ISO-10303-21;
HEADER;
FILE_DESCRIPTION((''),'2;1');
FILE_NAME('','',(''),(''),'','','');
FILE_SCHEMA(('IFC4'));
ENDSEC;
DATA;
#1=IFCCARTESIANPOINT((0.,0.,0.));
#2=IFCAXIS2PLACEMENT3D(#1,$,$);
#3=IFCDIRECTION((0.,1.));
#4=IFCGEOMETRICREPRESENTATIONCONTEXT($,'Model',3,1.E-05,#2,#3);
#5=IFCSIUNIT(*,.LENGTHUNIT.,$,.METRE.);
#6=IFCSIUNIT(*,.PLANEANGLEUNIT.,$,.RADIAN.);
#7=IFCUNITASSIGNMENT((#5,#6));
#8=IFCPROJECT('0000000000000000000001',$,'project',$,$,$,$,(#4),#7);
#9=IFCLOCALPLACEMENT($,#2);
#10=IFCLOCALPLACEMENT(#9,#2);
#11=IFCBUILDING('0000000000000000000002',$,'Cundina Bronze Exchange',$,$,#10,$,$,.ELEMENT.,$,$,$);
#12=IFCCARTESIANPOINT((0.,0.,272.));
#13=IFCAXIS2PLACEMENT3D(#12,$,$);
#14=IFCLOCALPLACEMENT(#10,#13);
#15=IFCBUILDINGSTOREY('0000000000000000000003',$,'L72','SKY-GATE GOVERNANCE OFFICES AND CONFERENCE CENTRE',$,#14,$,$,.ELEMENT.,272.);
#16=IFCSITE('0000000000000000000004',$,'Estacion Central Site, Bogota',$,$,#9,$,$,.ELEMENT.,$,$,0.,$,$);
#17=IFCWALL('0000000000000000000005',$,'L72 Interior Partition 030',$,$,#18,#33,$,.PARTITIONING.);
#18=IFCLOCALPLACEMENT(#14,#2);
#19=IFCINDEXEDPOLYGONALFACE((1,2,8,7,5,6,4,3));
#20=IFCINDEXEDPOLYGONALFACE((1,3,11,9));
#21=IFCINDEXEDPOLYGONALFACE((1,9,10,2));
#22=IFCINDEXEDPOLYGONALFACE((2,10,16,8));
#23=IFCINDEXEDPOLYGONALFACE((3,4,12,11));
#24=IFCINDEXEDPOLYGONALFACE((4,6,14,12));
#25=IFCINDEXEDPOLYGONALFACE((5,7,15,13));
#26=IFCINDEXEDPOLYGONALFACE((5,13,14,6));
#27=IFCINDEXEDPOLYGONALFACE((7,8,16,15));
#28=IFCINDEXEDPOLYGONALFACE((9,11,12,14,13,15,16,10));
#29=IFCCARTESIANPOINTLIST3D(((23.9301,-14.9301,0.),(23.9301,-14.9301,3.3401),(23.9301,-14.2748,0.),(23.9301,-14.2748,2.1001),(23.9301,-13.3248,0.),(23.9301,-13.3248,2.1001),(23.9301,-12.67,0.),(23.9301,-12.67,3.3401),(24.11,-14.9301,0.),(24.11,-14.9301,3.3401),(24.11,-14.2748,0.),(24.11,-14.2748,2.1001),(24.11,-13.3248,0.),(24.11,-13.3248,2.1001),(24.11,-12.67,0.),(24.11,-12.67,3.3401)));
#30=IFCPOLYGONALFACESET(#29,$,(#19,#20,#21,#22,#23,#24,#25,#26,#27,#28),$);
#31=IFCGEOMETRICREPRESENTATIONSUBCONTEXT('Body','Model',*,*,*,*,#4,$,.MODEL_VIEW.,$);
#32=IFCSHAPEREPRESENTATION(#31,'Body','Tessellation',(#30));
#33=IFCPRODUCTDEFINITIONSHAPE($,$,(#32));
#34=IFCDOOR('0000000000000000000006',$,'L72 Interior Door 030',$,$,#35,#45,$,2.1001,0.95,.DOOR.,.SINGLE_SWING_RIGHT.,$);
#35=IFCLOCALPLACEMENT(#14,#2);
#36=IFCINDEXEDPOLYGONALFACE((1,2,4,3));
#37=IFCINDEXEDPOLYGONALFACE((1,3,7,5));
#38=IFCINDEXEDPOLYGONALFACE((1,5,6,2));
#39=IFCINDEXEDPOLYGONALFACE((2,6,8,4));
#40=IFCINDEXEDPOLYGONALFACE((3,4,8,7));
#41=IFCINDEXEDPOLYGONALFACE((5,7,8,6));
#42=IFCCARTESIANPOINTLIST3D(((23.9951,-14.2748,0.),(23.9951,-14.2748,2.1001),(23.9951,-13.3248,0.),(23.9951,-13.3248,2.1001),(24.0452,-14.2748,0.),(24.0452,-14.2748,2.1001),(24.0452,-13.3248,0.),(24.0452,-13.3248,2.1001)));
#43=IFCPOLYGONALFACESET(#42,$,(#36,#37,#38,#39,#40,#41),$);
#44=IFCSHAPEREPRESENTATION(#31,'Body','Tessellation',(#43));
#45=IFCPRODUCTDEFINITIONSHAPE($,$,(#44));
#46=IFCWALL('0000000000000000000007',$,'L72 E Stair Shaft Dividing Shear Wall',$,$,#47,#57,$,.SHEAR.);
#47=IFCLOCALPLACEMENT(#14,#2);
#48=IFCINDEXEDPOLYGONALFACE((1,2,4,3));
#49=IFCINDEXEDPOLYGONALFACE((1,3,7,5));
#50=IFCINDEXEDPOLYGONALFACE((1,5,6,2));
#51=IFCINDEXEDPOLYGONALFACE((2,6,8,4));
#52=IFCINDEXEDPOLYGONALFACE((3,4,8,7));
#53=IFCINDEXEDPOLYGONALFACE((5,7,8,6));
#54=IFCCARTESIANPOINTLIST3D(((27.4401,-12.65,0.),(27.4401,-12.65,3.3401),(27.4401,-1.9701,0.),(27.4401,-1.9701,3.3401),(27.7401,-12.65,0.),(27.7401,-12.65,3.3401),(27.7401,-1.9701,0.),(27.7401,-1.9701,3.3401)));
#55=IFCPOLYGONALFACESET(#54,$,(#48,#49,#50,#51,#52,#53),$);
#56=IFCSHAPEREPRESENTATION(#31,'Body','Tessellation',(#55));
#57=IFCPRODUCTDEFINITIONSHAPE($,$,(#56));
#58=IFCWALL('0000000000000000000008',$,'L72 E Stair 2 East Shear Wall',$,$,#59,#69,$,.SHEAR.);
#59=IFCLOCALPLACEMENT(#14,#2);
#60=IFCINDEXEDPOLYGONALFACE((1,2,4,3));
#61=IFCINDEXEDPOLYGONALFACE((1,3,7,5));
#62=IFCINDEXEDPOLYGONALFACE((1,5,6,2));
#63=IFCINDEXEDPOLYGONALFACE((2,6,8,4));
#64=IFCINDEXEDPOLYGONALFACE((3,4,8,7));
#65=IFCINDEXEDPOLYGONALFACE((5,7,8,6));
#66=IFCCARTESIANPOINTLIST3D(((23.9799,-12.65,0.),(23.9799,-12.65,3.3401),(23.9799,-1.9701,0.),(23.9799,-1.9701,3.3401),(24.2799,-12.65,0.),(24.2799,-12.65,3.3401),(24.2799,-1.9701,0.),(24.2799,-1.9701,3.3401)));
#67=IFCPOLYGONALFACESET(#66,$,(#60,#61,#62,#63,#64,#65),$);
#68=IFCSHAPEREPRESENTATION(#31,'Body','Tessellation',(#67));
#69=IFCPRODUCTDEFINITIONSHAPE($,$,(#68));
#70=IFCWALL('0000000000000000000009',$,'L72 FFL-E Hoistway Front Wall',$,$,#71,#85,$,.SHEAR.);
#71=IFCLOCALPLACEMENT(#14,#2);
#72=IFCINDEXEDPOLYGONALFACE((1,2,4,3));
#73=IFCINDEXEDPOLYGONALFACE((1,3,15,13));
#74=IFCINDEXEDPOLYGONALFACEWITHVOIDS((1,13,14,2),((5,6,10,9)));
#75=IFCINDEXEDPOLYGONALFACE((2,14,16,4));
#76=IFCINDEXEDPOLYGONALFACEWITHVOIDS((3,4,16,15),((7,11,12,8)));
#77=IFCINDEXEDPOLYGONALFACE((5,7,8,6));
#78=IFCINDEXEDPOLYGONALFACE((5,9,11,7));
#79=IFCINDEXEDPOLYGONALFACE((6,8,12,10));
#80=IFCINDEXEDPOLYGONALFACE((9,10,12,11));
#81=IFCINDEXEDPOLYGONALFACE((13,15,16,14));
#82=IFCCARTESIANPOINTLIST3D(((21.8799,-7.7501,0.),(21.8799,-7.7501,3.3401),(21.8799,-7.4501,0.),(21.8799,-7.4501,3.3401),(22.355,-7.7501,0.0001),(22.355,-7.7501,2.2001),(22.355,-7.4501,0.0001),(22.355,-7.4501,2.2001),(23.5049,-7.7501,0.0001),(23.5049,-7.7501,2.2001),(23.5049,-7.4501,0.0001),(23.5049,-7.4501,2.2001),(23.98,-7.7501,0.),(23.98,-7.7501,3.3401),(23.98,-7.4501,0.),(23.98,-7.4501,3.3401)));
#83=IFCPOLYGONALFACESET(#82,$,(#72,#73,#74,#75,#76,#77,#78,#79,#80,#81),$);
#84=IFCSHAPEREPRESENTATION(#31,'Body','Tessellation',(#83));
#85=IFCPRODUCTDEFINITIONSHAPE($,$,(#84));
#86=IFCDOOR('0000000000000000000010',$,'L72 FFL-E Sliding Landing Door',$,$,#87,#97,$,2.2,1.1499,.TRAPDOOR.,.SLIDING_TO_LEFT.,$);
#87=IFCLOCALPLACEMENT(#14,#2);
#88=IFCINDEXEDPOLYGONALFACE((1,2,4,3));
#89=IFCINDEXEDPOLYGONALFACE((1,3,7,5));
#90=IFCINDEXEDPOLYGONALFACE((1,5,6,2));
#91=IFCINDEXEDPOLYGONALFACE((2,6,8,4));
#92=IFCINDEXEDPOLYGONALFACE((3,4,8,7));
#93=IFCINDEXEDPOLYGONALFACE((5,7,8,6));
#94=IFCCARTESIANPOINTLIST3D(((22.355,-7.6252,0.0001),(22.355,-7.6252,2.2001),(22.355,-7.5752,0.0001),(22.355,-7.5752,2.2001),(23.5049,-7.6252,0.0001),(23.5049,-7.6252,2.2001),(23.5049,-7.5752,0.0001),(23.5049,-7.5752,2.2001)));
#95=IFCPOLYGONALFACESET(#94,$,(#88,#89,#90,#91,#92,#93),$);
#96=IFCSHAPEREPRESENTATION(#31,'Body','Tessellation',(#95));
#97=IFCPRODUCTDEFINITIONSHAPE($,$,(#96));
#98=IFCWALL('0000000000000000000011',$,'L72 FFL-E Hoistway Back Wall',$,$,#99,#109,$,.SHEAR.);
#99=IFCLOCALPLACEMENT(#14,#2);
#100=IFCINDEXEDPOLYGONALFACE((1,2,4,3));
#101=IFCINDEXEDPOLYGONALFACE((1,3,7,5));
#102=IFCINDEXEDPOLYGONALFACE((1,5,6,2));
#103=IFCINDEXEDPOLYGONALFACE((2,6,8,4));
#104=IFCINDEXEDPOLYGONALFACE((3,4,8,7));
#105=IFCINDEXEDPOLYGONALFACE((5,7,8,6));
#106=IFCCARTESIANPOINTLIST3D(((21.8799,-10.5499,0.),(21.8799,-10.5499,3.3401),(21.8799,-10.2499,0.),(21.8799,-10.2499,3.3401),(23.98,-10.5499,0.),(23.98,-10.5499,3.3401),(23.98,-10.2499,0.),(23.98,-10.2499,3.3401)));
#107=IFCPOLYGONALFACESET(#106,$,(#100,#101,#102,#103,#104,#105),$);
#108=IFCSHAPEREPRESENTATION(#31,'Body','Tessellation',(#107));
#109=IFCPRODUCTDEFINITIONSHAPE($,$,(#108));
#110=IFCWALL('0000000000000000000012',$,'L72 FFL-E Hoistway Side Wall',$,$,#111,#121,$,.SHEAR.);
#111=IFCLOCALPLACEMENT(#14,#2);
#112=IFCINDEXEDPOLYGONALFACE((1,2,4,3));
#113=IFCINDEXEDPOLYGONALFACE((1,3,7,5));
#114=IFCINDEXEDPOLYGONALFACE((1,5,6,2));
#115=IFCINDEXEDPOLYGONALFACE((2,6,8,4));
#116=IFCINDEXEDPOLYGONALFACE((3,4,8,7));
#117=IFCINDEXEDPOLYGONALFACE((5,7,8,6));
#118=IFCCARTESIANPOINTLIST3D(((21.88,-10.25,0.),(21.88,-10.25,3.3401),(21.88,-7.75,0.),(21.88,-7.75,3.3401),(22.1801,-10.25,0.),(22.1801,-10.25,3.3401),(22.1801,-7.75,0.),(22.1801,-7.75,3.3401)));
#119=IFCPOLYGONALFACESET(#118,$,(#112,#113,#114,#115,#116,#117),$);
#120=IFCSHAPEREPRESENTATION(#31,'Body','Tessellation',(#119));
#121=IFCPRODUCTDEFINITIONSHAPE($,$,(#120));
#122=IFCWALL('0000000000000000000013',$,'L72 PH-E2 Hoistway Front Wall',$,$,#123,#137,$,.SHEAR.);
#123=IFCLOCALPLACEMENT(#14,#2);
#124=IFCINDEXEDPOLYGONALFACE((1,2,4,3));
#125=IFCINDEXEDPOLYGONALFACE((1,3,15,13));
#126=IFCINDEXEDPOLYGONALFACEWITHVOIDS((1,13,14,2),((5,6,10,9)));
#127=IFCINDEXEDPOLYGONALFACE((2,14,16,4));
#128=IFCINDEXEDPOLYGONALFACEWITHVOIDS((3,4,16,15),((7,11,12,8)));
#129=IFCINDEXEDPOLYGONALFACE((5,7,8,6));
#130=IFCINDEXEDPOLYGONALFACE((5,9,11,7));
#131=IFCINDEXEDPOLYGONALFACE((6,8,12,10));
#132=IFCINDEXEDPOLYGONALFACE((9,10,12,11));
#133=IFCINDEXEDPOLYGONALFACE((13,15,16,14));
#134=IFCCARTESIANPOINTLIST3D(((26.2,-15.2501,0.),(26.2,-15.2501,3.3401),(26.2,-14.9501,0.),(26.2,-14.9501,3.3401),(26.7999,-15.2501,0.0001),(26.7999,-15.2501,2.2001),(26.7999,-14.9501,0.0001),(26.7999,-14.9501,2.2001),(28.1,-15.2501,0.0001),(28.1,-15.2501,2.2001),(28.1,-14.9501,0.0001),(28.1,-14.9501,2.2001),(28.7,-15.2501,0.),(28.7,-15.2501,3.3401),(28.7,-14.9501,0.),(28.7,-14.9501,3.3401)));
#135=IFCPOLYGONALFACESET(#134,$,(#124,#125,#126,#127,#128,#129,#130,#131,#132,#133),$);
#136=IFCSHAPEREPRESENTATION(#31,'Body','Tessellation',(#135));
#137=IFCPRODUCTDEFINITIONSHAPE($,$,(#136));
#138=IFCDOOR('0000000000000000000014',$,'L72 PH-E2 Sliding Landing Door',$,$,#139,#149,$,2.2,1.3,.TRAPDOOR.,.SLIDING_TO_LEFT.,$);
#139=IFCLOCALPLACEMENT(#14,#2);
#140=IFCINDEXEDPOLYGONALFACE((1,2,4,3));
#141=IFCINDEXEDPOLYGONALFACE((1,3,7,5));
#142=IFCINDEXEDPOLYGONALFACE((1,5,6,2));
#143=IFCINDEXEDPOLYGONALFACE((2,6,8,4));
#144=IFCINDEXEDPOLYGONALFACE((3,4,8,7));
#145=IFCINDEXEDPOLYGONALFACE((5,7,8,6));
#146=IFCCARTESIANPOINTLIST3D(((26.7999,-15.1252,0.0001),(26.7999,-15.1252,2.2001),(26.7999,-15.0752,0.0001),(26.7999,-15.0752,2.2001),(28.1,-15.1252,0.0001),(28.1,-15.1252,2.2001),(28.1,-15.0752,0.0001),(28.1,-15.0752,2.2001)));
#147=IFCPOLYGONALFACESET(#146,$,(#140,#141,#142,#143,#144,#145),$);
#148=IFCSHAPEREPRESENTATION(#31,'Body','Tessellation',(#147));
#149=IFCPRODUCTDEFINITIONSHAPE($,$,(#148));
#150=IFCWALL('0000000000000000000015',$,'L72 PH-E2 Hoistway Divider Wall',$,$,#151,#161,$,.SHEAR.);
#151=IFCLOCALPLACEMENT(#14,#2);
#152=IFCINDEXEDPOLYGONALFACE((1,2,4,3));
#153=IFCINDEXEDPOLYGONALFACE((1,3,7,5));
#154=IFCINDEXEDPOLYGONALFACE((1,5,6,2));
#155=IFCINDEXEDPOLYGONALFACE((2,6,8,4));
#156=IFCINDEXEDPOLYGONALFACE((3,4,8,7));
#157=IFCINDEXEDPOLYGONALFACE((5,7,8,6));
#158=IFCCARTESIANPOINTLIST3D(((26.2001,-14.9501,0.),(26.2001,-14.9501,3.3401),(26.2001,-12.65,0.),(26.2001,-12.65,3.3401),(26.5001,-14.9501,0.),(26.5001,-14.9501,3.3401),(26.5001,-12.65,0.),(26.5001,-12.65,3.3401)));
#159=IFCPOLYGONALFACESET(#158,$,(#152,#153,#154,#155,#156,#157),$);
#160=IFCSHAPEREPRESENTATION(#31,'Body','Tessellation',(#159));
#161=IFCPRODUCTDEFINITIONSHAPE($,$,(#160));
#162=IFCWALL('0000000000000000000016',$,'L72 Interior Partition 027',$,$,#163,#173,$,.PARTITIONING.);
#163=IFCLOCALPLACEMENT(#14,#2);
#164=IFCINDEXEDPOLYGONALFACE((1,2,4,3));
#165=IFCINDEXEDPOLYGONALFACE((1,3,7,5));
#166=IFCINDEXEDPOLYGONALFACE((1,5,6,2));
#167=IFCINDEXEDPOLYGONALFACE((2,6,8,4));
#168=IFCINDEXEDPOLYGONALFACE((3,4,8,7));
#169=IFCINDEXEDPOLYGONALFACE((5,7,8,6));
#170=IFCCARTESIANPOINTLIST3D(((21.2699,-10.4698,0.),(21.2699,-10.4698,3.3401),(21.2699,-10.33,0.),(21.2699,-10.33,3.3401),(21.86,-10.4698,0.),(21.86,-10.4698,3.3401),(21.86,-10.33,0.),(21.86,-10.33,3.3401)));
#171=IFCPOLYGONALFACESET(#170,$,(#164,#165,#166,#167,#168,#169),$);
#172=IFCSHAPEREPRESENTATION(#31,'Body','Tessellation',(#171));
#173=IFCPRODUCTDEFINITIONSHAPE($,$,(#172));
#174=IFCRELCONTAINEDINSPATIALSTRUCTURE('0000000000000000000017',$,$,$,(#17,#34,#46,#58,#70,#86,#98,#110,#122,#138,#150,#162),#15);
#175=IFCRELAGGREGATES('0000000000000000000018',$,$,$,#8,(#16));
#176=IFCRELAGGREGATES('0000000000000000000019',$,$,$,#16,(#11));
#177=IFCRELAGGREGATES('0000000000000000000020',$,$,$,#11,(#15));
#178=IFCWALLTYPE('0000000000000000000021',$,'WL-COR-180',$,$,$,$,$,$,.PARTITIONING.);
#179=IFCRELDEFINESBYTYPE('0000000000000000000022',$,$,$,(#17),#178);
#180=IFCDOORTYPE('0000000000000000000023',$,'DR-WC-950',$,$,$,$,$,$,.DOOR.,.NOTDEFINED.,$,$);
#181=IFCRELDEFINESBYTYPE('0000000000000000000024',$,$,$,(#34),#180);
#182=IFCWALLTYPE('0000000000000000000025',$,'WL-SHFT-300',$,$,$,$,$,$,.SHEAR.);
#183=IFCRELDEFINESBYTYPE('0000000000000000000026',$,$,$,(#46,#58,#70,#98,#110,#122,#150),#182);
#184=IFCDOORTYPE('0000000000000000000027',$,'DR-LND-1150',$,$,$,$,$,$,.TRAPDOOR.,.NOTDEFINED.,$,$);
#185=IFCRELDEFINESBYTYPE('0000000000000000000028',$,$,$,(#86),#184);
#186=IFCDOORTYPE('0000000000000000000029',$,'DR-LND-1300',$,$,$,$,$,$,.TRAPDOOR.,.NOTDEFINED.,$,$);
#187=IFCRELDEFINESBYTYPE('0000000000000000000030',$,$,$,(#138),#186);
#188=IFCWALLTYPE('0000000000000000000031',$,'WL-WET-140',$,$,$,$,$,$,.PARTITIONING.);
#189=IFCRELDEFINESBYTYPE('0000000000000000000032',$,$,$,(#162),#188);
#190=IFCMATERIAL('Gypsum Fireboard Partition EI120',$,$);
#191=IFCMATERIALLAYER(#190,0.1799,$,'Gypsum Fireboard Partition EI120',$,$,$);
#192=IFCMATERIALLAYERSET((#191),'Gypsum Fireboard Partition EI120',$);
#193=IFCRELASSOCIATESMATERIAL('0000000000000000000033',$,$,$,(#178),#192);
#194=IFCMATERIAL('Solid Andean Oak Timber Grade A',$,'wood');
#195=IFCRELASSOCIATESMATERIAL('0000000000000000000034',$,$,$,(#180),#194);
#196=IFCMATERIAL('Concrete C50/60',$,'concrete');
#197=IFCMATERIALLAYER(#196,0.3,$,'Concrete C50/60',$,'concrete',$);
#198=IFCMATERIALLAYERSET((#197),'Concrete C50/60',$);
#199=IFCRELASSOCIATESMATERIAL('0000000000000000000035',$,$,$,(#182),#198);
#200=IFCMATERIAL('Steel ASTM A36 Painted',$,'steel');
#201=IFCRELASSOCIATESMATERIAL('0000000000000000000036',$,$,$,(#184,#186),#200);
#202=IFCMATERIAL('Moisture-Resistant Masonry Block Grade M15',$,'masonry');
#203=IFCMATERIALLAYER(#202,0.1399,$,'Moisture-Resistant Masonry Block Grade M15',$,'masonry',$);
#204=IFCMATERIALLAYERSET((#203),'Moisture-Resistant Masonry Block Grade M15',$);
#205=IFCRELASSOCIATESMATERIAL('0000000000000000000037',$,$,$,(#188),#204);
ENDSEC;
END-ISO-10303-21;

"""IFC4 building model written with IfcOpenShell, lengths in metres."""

from ifc_helpers import new_model, si_unit, direction, frame, frame_2d, origin, place, context, subcontext, project, spatial, rectangle, extrude, material, layer, layer_set, type_object, element, fill, save


model = new_model("IFC4")

# Units and contexts
model_context = context("Model", 3, precision=1e-05, world=origin(), true_north=direction((0.0, 1.0)))
body_context = subcontext(model_context, "Body", "Model", "MODEL_VIEW")
ifc_project = project(units=[si_unit("LENGTHUNIT", "METRE"), si_unit("PLANEANGLEUNIT", "RADIAN")], contexts=[model_context])

# Site, building, storey
site_placement = place(None, origin())
site = spatial("IfcSite", under=ifc_project, at=site_placement, Name="Estacion Central Site, Bogota", CompositionType="ELEMENT", RefElevation=0.0)
building_placement = place(site_placement, origin())
building = spatial("IfcBuilding", under=site, at=building_placement, Name="Cundina Bronze Exchange", CompositionType="ELEMENT")
storey_placement = place(building_placement, frame((0.0, 0.0, 272.0)))
storey = spatial("IfcBuildingStorey", under=building, at=storey_placement, Name="L72", Description="SKY-GATE GOVERNANCE OFFICES AND CONFERENCE CENTRE", CompositionType="ELEMENT", Elevation=272.0)

# Shared definitions
ifc_material_1 = material(Name="Concrete C50/60", Category="concrete")

# Shared definitions
ifc_material_2 = material(Name="Gypsum Fireboard Partition EI120")
ifc_layer_1 = layer(ifc_material_2, 0.1799, Name="Gypsum Fireboard Partition EI120")
ifc_layer_set_1 = layer_set([ifc_layer_1], Name="Gypsum Fireboard Partition EI120")
wall_type_1 = type_object("IfcWallType", Name="WL-COR-180", PredefinedType="PARTITIONING", material=ifc_layer_set_1)

# Wall, opening, door
wall_1_placement = place(storey_placement, frame((24.02, -14.9299, 0.0), z_axis=(0.0, 0.0, 1.0), x_axis=(0.0, 1.0, 0.0)))
wall_1 = element("IfcWall", 1, at=wall_1_placement, inside=storey, type_object=wall_type_1, Name="L72 Interior Partition 030", PredefinedType="PARTITIONING", context=body_context, shape_type="SweptSolid", body=[
    extrude(rectangle(XDim=2.26, YDim=0.1799, at=frame_2d((1.1299, 0.0))), origin(), (0.0, 0.0, 1.0), 3.3401),
])
opening_1_placement = place(wall_1_placement, frame((0.655, 0.0, 0.0)))
opening_1 = element("IfcOpeningElement", 2, at=opening_1_placement, cuts=wall_1, PredefinedType="OPENING", context=body_context, shape_type="SweptSolid", body=[
    extrude(rectangle(XDim=0.95, YDim=2.1001, at=frame_2d((0.4751, 1.05))), frame((0.0, 0.0999, 0.0), z_axis=(0.0, -1.0, 0.0), x_axis=(1.0, 0.0, 0.0)), (0.0, 0.0, 1.0), 0.2),
])
ifc_material_3 = material(Name="Solid Andean Oak Timber Grade A", Category="wood")
door_type_1 = type_object("IfcDoorType", Name="DR-WC-950", OperationType="NOTDEFINED", PredefinedType="DOOR", material=ifc_material_3)
door_1_placement = place(opening_1_placement, origin())
door_1 = element("IfcDoor", 3, at=door_1_placement, inside=storey, type_object=door_type_1, Name="L72 Interior Door 030", OperationType="SINGLE_SWING_RIGHT", OverallHeight=2.1001, OverallWidth=0.95, PredefinedType="DOOR", context=body_context, shape_type="SweptSolid", body=[
    extrude(rectangle(XDim=0.95, YDim=2.1001, at=frame_2d((0.4751, 1.05))), frame((0.0, 0.0249, 0.0), z_axis=(0.0, -1.0, 0.0), x_axis=(1.0, 0.0, 0.0)), (0.0, 0.0, 1.0), 0.05),
])
fill(opening_1, door_1)

# Walls
ifc_layer_2 = layer(ifc_material_1, 0.3, Name="Concrete C50/60", Category="concrete")
ifc_layer_set_2 = layer_set([ifc_layer_2], Name="Concrete C50/60")
wall_type_2 = type_object("IfcWallType", Name="WL-SHFT-300", PredefinedType="SHEAR", material=ifc_layer_set_2)
for number, where, z_axis, x_axis, name in (
    (4, (27.5901, -12.6499, 0.0), (0.0, 0.0, 1.0), (0.0, 1.0, 0.0), "L72 E Stair Shaft Dividing Shear Wall"),
    (5, (24.1299, -12.6499, 0.0), (0.0, 0.0, 1.0), (0.0, 1.0, 0.0), "L72 E Stair 2 East Shear Wall"),
):
    element("IfcWall", number, at=place(storey_placement, frame(where, z_axis=z_axis, x_axis=x_axis)), inside=storey, type_object=wall_type_2, Name=name, PredefinedType="SHEAR", context=body_context, shape_type="SweptSolid", body=[
        extrude(rectangle(XDim=10.6799, YDim=0.3, at=frame_2d((5.3398, 0.0))), origin(), (0.0, 0.0, 1.0), 3.3401),
    ])

# Wall, opening, door
ifc_material_4 = material(Name="Steel ASTM A36 Painted", Category="steel")
wall_2_placement = place(storey_placement, frame((21.8799, -7.6001, 0.0), z_axis=(0.0, 0.0, 1.0), x_axis=(1.0, 0.0, 0.0)))
wall_2 = element("IfcWall", 6, at=wall_2_placement, inside=storey, type_object=wall_type_2, Name="L72 FFL-E Hoistway Front Wall", PredefinedType="SHEAR", context=body_context, shape_type="SweptSolid", body=[
    extrude(rectangle(XDim=2.1001, YDim=0.3, at=frame_2d((1.05, 0.0))), origin(), (0.0, 0.0, 1.0), 3.3401),
])
opening_2_placement = place(wall_2_placement, frame((0.4751, 0.0, 0.0)))
opening_2 = element("IfcOpeningElement", 7, at=opening_2_placement, cuts=wall_2, PredefinedType="OPENING", context=body_context, shape_type="SweptSolid", body=[
    extrude(rectangle(XDim=1.1499, YDim=2.2, at=frame_2d((0.575, 1.1001))), frame((0.0, 0.1599, 0.0), z_axis=(0.0, -1.0, 0.0), x_axis=(1.0, 0.0, 0.0)), (0.0, 0.0, 1.0), 0.3201),
])
door_type_2 = type_object("IfcDoorType", Name="DR-LND-1150", OperationType="NOTDEFINED", PredefinedType="TRAPDOOR", material=ifc_material_4)
door_2_placement = place(opening_2_placement, origin())
door_2 = element("IfcDoor", 8, at=door_2_placement, inside=storey, type_object=door_type_2, Name="L72 FFL-E Sliding Landing Door", OperationType="SLIDING_TO_LEFT", OverallHeight=2.2, OverallWidth=1.1499, PredefinedType="TRAPDOOR", context=body_context, shape_type="SweptSolid", body=[
    extrude(rectangle(XDim=1.1499, YDim=2.2, at=frame_2d((0.575, 1.1001))), frame((0.0, 0.0249, 0.0), z_axis=(0.0, -1.0, 0.0), x_axis=(1.0, 0.0, 0.0)), (0.0, 0.0, 1.0), 0.05),
])
fill(opening_2, door_2)

# Walls
wall_3_placement = place(storey_placement, frame((21.8799, -10.3999, 0.0), z_axis=(0.0, 0.0, 1.0), x_axis=(1.0, 0.0, 0.0)))
element("IfcWall", 9, at=wall_3_placement, inside=storey, type_object=wall_type_2, Name="L72 FFL-E Hoistway Back Wall", PredefinedType="SHEAR", context=body_context, shape_type="SweptSolid", body=[
    extrude(rectangle(XDim=2.1001, YDim=0.3, at=frame_2d((1.05, 0.0))), origin(), (0.0, 0.0, 1.0), 3.3401),
])
wall_4_placement = place(storey_placement, frame((22.03, -10.25, 0.0), z_axis=(0.0, 0.0, 1.0), x_axis=(0.0, 1.0, 0.0)))
element("IfcWall", 10, at=wall_4_placement, inside=storey, type_object=wall_type_2, Name="L72 FFL-E Hoistway Side Wall", PredefinedType="SHEAR", context=body_context, shape_type="SweptSolid", body=[
    extrude(rectangle(XDim=2.5, YDim=0.3, at=frame_2d((1.25, 0.0))), origin(), (0.0, 0.0, 1.0), 3.3401),
])

# Wall, opening, door
wall_5_placement = place(storey_placement, frame((26.2, -15.1001, 0.0), z_axis=(0.0, 0.0, 1.0), x_axis=(1.0, 0.0, 0.0)))
wall_5 = element("IfcWall", 11, at=wall_5_placement, inside=storey, type_object=wall_type_2, Name="L72 PH-E2 Hoistway Front Wall", PredefinedType="SHEAR", context=body_context, shape_type="SweptSolid", body=[
    extrude(rectangle(XDim=2.5, YDim=0.3, at=frame_2d((1.25, 0.0))), origin(), (0.0, 0.0, 1.0), 3.3401),
])
opening_3_placement = place(wall_5_placement, frame((0.6001, 0.0, 0.0)))
opening_3 = element("IfcOpeningElement", 12, at=opening_3_placement, cuts=wall_5, PredefinedType="OPENING", context=body_context, shape_type="SweptSolid", body=[
    extrude(rectangle(XDim=1.3, YDim=2.2, at=frame_2d((0.6499, 1.1001))), frame((0.0, 0.1599, 0.0), z_axis=(0.0, -1.0, 0.0), x_axis=(1.0, 0.0, 0.0)), (0.0, 0.0, 1.0), 0.3201),
])
door_type_3 = type_object("IfcDoorType", Name="DR-LND-1300", OperationType="NOTDEFINED", PredefinedType="TRAPDOOR", material=ifc_material_4)
door_3_placement = place(opening_3_placement, origin())
door_3 = element("IfcDoor", 13, at=door_3_placement, inside=storey, type_object=door_type_3, Name="L72 PH-E2 Sliding Landing Door", OperationType="SLIDING_TO_LEFT", OverallHeight=2.2, OverallWidth=1.3, PredefinedType="TRAPDOOR", context=body_context, shape_type="SweptSolid", body=[
    extrude(rectangle(XDim=1.3, YDim=2.2, at=frame_2d((0.6499, 1.1001))), frame((0.0, 0.0249, 0.0), z_axis=(0.0, -1.0, 0.0), x_axis=(1.0, 0.0, 0.0)), (0.0, 0.0, 1.0), 0.05),
])
fill(opening_3, door_3)

# Walls
wall_6_placement = place(storey_placement, frame((26.3501, -14.95, 0.0), z_axis=(0.0, 0.0, 1.0), x_axis=(0.0, 1.0, 0.0)))
element("IfcWall", 14, at=wall_6_placement, inside=storey, type_object=wall_type_2, Name="L72 PH-E2 Hoistway Divider Wall", PredefinedType="SHEAR", context=body_context, shape_type="SweptSolid", body=[
    extrude(rectangle(XDim=2.3, YDim=0.3, at=frame_2d((1.1499, 0.0))), origin(), (0.0, 0.0, 1.0), 3.3401),
])
ifc_material_5 = material(Name="Moisture-Resistant Masonry Block Grade M15", Category="masonry")
ifc_layer_3 = layer(ifc_material_5, 0.1399, Name="Moisture-Resistant Masonry Block Grade M15", Category="masonry")
ifc_layer_set_3 = layer_set([ifc_layer_3], Name="Moisture-Resistant Masonry Block Grade M15")
wall_type_3 = type_object("IfcWallType", Name="WL-WET-140", PredefinedType="PARTITIONING", material=ifc_layer_set_3)
wall_7_placement = place(storey_placement, frame((21.27, -10.3999, 0.0), z_axis=(0.0, 0.0, 1.0), x_axis=(1.0, 0.0, 0.0)))
element("IfcWall", 15, at=wall_7_placement, inside=storey, type_object=wall_type_3, Name="L72 Interior Partition 027", PredefinedType="PARTITIONING", context=body_context, shape_type="SweptSolid", body=[
    extrude(rectangle(XDim=0.5901, YDim=0.1399, at=frame_2d((0.2949, 0.0))), origin(), (0.0, 0.0, 1.0), 3.3401),
])

save(model, "model.ifc")
